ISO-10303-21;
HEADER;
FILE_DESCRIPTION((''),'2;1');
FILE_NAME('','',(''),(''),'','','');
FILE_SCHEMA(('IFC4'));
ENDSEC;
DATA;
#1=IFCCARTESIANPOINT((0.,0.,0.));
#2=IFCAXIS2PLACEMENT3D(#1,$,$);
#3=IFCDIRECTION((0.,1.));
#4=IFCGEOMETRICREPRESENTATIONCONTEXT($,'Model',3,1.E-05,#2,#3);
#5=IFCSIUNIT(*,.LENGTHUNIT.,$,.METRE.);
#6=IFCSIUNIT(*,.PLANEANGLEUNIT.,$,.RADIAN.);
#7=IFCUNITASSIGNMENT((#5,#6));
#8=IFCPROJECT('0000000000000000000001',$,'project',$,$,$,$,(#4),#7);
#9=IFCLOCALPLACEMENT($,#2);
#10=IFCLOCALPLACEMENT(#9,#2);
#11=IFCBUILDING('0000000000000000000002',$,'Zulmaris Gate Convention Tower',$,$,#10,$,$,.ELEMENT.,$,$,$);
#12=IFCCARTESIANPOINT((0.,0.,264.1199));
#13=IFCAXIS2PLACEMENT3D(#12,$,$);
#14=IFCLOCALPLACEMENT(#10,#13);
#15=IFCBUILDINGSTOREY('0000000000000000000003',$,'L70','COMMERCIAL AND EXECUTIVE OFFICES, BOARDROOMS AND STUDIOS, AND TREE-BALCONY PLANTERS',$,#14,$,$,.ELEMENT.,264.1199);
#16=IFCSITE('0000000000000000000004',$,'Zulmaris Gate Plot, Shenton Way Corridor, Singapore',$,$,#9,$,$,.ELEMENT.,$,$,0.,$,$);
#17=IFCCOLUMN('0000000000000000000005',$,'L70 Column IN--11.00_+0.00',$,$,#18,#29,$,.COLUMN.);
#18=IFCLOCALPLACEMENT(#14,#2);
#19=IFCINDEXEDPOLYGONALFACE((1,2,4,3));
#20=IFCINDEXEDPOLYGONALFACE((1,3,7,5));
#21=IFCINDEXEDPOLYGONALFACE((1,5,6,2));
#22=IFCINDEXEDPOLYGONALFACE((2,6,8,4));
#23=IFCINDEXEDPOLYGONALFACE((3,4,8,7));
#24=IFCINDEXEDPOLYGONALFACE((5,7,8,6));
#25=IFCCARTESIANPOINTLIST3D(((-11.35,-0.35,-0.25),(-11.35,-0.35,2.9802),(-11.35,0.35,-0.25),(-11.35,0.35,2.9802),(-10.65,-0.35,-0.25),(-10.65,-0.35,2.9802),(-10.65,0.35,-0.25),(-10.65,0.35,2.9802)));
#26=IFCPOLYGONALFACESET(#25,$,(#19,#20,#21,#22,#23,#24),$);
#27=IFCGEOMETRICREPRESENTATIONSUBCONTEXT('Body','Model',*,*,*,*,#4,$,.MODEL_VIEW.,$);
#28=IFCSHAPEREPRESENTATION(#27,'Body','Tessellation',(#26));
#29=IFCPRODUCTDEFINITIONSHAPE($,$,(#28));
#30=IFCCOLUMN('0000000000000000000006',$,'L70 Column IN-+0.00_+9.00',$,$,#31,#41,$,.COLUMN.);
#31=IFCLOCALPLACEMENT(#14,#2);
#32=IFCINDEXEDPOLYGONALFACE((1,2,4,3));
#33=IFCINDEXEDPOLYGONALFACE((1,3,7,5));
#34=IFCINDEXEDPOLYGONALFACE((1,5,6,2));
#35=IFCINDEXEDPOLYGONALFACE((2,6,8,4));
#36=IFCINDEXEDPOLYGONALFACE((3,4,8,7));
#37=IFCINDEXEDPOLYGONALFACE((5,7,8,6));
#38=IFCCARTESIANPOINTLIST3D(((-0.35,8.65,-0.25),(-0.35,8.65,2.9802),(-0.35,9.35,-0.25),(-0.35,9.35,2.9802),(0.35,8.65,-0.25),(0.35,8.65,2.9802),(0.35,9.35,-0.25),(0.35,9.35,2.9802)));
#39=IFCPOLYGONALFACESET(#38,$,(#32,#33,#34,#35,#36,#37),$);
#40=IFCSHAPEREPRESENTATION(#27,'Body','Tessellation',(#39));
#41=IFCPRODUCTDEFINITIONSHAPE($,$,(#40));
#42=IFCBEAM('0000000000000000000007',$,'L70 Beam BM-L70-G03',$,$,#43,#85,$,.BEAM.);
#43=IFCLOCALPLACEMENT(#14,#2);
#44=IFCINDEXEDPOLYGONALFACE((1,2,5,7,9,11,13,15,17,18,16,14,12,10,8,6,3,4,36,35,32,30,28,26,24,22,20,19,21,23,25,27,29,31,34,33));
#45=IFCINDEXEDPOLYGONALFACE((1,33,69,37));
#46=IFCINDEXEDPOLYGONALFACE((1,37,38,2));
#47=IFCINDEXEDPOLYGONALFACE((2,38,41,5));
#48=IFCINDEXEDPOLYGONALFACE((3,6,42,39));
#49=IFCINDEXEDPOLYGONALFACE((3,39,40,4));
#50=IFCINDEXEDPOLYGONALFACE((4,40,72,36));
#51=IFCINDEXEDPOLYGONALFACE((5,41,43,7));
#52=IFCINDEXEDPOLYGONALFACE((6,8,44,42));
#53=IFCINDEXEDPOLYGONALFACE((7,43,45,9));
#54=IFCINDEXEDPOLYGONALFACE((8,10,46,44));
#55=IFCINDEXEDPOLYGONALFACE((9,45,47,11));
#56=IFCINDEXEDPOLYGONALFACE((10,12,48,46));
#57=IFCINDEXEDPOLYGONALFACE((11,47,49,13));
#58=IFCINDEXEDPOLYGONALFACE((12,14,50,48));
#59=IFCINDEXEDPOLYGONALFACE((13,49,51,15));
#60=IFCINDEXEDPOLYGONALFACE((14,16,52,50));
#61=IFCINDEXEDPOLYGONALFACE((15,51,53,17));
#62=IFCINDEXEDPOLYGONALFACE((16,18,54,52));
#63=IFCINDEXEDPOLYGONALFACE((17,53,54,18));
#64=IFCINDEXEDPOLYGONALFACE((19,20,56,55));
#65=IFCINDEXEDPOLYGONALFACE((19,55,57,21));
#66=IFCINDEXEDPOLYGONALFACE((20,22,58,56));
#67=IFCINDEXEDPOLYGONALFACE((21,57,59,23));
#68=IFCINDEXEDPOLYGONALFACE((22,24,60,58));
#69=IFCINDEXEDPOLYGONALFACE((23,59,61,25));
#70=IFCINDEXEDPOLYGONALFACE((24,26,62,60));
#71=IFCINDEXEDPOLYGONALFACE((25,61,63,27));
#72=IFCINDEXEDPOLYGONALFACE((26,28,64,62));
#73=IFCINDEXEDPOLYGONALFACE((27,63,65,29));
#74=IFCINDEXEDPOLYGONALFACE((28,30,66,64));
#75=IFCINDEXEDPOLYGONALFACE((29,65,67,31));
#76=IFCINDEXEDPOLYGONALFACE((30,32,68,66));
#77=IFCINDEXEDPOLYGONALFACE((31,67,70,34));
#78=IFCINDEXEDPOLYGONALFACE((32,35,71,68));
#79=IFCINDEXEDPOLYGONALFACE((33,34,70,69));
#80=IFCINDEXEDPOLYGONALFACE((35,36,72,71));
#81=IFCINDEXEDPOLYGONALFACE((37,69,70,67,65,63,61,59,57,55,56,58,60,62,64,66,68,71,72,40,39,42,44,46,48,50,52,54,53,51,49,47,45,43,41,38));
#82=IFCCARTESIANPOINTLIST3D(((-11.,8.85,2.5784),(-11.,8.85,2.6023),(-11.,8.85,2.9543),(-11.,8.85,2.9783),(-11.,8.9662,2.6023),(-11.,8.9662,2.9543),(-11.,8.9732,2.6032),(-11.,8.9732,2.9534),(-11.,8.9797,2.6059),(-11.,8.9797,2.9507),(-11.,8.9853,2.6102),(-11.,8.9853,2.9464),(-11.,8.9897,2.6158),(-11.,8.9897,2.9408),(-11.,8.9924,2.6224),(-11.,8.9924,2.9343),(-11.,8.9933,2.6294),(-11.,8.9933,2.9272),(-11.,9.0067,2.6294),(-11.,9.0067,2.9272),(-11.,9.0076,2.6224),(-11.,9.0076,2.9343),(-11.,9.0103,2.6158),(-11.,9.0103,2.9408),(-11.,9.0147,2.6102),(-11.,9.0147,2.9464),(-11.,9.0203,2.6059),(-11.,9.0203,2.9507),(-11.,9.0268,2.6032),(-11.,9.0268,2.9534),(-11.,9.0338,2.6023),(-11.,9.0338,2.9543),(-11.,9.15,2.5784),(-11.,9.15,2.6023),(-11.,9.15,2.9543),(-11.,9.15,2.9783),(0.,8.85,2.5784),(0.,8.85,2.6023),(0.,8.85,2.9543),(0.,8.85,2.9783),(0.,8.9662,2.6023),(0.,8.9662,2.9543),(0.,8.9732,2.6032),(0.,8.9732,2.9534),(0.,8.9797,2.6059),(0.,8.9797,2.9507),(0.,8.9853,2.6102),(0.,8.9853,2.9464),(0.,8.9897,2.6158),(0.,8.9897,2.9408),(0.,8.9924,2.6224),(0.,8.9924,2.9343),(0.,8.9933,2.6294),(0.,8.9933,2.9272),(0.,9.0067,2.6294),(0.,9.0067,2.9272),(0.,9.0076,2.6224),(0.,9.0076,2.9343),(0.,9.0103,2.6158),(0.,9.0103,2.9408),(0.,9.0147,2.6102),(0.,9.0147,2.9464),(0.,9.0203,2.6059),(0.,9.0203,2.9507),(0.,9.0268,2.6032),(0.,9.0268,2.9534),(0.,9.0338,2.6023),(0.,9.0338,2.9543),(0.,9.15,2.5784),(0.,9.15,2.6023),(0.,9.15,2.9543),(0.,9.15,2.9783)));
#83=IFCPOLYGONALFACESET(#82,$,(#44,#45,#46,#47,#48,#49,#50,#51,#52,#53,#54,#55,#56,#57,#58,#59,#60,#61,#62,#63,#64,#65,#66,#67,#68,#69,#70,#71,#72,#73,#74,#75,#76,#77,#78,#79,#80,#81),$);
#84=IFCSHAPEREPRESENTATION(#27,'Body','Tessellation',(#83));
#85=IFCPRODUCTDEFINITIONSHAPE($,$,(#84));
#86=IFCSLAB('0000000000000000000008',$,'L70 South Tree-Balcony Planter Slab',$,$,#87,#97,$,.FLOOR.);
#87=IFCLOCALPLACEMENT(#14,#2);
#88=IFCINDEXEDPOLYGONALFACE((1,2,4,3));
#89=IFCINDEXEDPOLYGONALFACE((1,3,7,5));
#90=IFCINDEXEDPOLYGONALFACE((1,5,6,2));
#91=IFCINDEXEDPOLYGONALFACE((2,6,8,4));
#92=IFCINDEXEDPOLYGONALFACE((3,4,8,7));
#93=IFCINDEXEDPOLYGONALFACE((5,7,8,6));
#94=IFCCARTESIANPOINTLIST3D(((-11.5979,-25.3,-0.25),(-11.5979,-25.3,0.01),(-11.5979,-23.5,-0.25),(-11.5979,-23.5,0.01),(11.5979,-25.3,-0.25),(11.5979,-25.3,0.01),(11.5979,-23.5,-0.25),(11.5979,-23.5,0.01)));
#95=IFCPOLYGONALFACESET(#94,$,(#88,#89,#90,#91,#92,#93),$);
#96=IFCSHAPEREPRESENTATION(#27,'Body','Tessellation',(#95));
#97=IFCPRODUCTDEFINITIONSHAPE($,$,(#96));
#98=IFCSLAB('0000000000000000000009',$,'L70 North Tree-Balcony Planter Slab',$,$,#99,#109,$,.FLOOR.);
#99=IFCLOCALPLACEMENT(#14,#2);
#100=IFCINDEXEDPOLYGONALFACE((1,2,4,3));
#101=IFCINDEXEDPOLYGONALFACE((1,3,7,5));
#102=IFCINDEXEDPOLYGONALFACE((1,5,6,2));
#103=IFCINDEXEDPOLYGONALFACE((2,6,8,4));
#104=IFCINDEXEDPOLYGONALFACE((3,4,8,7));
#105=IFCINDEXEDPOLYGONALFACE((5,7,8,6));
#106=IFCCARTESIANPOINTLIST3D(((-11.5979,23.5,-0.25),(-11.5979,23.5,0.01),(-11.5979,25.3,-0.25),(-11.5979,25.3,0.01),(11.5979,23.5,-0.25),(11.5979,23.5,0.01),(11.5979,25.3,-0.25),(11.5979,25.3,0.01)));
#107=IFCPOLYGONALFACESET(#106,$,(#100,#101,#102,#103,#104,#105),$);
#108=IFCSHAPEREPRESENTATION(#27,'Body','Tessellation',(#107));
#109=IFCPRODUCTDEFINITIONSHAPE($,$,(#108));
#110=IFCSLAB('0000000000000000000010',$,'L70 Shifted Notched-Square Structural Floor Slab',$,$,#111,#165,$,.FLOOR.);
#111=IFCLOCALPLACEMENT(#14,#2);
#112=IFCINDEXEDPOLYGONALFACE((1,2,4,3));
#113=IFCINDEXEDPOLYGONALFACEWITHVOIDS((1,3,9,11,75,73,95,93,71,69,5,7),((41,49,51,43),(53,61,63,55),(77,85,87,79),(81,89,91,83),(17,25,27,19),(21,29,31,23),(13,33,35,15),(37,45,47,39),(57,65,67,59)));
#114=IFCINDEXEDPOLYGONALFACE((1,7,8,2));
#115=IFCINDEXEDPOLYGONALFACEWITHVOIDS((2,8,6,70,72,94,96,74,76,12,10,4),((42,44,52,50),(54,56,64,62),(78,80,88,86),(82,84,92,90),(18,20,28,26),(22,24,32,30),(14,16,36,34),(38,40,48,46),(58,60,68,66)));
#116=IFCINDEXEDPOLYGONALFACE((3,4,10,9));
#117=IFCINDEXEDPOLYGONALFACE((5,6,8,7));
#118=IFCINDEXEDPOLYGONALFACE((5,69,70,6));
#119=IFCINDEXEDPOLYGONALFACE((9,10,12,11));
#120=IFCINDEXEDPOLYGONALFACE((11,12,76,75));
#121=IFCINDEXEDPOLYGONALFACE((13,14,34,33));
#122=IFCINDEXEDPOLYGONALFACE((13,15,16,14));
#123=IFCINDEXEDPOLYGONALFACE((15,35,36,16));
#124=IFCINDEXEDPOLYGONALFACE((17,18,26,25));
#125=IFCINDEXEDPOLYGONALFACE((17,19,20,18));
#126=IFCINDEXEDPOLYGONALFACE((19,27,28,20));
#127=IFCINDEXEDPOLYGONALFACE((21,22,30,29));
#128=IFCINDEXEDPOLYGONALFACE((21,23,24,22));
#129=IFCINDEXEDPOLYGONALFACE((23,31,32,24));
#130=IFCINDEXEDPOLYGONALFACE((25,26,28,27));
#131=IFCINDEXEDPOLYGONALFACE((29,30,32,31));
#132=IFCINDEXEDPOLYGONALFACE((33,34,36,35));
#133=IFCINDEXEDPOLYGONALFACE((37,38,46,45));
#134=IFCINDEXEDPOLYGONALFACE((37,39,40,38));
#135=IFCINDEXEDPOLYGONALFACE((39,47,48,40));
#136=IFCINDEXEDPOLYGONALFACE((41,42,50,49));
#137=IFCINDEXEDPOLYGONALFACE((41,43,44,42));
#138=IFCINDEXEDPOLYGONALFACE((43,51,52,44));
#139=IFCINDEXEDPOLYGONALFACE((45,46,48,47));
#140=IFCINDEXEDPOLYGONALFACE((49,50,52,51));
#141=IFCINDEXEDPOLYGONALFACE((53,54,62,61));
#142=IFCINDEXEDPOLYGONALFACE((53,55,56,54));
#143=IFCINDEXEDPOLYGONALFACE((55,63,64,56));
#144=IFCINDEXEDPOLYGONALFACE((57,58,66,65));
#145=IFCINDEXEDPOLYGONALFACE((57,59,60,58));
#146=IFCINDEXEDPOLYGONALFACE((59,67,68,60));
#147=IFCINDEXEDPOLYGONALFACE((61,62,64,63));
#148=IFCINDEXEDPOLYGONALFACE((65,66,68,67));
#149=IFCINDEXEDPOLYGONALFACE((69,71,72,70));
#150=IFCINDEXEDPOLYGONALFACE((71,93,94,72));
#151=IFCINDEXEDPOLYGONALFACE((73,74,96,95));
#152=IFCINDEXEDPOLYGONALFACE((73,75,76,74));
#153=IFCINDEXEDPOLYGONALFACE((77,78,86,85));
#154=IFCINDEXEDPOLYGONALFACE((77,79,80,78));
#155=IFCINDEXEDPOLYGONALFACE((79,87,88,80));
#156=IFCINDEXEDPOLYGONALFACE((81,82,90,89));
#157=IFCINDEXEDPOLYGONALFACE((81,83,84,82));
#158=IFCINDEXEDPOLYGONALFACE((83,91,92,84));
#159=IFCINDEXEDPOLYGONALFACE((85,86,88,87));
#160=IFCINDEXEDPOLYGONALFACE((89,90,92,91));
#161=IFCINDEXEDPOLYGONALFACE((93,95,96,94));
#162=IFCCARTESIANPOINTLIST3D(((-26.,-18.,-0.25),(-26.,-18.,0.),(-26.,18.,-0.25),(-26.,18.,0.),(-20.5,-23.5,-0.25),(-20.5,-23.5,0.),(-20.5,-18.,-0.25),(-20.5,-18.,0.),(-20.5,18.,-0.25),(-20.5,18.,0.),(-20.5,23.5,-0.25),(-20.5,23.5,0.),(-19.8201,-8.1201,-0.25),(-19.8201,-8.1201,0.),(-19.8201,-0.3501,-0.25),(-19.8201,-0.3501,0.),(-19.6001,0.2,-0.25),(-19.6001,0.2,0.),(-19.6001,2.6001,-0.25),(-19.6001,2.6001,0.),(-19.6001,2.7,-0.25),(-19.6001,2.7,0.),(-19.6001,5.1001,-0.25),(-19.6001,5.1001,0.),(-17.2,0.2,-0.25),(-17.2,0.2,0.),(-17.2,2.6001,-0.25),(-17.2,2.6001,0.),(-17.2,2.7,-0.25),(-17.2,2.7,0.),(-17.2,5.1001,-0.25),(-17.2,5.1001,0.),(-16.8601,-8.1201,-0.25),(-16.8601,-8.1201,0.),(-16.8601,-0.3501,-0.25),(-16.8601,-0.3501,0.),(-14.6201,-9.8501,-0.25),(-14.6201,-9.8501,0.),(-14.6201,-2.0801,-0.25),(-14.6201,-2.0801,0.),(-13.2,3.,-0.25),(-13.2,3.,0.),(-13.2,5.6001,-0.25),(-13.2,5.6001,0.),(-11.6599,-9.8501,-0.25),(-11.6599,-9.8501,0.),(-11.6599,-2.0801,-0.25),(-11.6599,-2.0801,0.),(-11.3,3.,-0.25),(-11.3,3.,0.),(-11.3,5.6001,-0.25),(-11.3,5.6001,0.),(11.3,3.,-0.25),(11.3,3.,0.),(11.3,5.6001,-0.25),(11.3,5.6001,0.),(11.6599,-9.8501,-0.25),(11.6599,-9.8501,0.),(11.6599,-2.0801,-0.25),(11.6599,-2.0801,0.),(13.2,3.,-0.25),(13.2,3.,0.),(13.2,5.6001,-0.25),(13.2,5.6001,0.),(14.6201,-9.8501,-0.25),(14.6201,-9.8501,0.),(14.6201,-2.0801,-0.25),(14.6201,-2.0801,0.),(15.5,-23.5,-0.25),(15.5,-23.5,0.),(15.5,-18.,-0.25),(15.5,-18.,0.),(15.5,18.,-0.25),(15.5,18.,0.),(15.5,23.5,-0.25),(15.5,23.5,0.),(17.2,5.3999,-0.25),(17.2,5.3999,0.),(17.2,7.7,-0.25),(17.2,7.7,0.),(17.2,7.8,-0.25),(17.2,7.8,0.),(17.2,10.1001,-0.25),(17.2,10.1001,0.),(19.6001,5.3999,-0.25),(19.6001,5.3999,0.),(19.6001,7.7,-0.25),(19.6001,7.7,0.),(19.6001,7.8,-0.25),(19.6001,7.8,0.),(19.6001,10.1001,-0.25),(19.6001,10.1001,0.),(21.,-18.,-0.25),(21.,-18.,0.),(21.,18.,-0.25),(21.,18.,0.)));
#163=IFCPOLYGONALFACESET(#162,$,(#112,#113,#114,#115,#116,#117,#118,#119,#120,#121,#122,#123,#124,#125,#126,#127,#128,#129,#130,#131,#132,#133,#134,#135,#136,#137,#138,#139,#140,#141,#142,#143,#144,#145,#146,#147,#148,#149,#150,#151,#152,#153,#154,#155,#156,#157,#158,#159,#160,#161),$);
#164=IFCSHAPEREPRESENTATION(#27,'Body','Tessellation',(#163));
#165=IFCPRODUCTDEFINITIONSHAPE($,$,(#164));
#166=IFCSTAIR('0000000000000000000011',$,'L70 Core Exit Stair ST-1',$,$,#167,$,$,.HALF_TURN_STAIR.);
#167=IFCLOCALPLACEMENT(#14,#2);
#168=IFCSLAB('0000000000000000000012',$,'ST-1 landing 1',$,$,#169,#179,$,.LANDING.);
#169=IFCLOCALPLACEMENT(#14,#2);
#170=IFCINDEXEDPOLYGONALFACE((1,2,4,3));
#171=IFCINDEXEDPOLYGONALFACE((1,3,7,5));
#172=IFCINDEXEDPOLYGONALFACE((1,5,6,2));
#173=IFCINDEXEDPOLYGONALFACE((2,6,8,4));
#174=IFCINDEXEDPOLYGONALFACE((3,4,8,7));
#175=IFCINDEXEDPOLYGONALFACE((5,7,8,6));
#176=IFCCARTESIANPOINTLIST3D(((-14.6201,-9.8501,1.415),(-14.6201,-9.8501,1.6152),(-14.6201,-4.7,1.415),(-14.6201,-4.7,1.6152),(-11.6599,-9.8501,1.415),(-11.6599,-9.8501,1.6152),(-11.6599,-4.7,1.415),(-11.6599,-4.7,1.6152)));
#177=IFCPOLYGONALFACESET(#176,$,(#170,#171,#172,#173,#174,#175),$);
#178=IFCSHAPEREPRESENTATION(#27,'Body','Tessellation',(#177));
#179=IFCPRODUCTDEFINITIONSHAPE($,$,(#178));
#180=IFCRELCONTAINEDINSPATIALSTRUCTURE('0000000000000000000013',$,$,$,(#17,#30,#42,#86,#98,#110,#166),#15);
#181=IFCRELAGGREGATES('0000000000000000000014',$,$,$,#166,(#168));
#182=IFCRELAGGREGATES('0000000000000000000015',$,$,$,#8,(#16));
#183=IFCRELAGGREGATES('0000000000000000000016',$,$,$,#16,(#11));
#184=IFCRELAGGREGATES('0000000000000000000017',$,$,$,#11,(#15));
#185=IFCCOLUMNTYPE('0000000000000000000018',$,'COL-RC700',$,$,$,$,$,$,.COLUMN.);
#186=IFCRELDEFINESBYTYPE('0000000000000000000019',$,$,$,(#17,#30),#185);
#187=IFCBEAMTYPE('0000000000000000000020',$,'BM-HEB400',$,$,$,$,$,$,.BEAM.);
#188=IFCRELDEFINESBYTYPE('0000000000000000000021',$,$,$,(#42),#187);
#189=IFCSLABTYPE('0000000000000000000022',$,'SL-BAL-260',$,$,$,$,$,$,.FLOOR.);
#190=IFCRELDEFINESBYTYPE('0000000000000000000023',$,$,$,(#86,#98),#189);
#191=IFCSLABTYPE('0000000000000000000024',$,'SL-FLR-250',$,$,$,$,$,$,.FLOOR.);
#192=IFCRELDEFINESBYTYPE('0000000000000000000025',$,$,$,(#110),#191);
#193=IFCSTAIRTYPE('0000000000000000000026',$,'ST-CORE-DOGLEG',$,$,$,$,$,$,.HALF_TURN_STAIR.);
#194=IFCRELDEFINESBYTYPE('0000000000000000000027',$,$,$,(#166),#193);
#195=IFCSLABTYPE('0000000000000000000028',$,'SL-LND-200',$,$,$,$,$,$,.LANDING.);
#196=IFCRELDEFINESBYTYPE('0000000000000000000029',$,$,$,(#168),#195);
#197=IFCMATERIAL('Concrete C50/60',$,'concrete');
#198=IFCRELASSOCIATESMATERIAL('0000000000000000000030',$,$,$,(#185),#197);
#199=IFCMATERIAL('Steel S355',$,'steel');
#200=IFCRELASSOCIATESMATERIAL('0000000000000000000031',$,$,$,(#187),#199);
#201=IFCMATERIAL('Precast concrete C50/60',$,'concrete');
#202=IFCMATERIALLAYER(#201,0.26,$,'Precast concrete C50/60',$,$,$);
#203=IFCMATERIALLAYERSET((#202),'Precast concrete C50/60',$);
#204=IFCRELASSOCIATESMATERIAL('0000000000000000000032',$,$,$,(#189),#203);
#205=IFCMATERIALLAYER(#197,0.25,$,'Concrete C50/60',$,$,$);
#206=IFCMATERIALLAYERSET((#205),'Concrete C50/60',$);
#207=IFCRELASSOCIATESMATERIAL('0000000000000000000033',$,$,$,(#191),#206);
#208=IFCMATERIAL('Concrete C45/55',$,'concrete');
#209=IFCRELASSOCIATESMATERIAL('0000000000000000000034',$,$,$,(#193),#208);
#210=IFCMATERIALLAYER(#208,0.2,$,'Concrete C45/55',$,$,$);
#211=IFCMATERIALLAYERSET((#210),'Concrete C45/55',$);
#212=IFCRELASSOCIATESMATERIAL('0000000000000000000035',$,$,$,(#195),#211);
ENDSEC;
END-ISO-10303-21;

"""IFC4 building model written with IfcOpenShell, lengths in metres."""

from ifc_helpers import new_model, si_unit, direction, frame, origin, origin_2d, place, context, subcontext, project, spatial, polyline, rectangle, i_section, outline, extrude, material, layer, layer_set, material_profile, profile_set, type_object, element, aggregate, save


model = new_model("IFC4")

# Units and contexts
model_context = context("Model", 3, precision=1e-05, world=origin(), true_north=direction((0.0, 1.0)))
body_context = subcontext(model_context, "Body", "Model", "MODEL_VIEW")
ifc_project = project(units=[si_unit("LENGTHUNIT", "METRE"), si_unit("PLANEANGLEUNIT", "RADIAN")], contexts=[model_context])

# Site, building, storey
site_placement = place(None, origin())
site = spatial("IfcSite", under=ifc_project, at=site_placement, Name="Zulmaris Gate Plot, Shenton Way Corridor, Singapore", CompositionType="ELEMENT", RefElevation=0.0)
building_placement = place(site_placement, origin())
building = spatial("IfcBuilding", under=site, at=building_placement, Name="Zulmaris Gate Convention Tower", CompositionType="ELEMENT")
storey_placement = place(building_placement, frame((0.0, 0.0, 264.1199)))
storey = spatial("IfcBuildingStorey", under=building, at=storey_placement, Name="L70", Description="COMMERCIAL AND EXECUTIVE OFFICES, BOARDROOMS AND STUDIOS, AND TREE-BALCONY PLANTERS", CompositionType="ELEMENT", Elevation=264.1199)

# Columns
ifc_material_1 = material(Name="Concrete C50/60", Category="concrete")
ifc_material_profile_1 = material_profile(ifc_material_1, rectangle(XDim=0.7, YDim=0.7, at=origin_2d()), Name="RC COL 700x700")
ifc_profile_set_1 = profile_set([ifc_material_profile_1], Name="Concrete C50/60")
column_type = type_object("IfcColumnType", Name="COL-RC700", PredefinedType="COLUMN", material=ifc_profile_set_1)
for number, where, z_axis, x_axis, name in (
    (1, (-11.0, 0.0, -0.25), (0.0, 0.0, 1.0), (1.0, 0.0, 0.0), "L70 Column IN--11.00_+0.00"),
    (2, (0.0, 9.0, -0.25), (0.0, 0.0, 1.0), (1.0, 0.0, 0.0), "L70 Column IN-+0.00_+9.00"),
):
    element("IfcColumn", number, at=place(storey_placement, frame(where, z_axis=z_axis, x_axis=x_axis)), inside=storey, type_object=column_type, Name=name, PredefinedType="COLUMN", context=body_context, shape_type="SweptSolid", body=[
        extrude(rectangle(XDim=0.7, YDim=0.7, at=origin_2d()), origin(), (0.0, 0.0, 1.0), 3.2302),
    ])

# Beam
ifc_material_2 = material(Name="Steel S355", Category="steel")
ifc_material_profile_2 = material_profile(ifc_material_2, i_section(OverallWidth=0.3, OverallDepth=0.3999, WebThickness=0.0134, FlangeThickness=0.0239, FilletRadius=0.0271, at=origin_2d()), Name="HEB 400")
ifc_profile_set_2 = profile_set([ifc_material_profile_2], Name="Steel S355")
beam_type = type_object("IfcBeamType", Name="BM-HEB400", PredefinedType="BEAM", material=ifc_profile_set_2)
beam_placement = place(storey_placement, frame((-11.0, 9.0, 2.7783), z_axis=(1.0, 0.0, 0.0), x_axis=(0.0, 1.0, 0.0)))
element("IfcBeam", 3, at=beam_placement, inside=storey, type_object=beam_type, Name="L70 Beam BM-L70-G03", PredefinedType="BEAM", context=body_context, shape_type="SweptSolid", body=[
    extrude(i_section(OverallWidth=0.3, OverallDepth=0.3999, WebThickness=0.0134, FlangeThickness=0.0239, FilletRadius=0.0271, at=origin_2d()), origin(), (0.0, 0.0, 1.0), 11.0),
])

# Slabs
ifc_material_3 = material(Name="Precast concrete C50/60", Category="concrete")
ifc_layer_1 = layer(ifc_material_3, 0.26, Name="Precast concrete C50/60")
ifc_layer_set_1 = layer_set([ifc_layer_1], Name="Precast concrete C50/60")
slab_type_1 = type_object("IfcSlabType", Name="SL-BAL-260", PredefinedType="FLOOR", material=ifc_layer_set_1)
slab_1_placement = place(storey_placement, frame((0.0, 0.0, -0.25)))
element("IfcSlab", 4, at=slab_1_placement, inside=storey, type_object=slab_type_1, Name="L70 South Tree-Balcony Planter Slab", PredefinedType="FLOOR", context=body_context, shape_type="SweptSolid", body=[
    extrude(outline(polyline([(-11.5979, -25.3), (-11.5979, -23.5), (11.5979, -23.5), (11.5979, -25.3), (-11.5979, -25.3)])), origin(), (0.0, 0.0, 1.0), 0.26),
])
slab_2_placement = place(storey_placement, frame((0.0, 0.0, -0.25)))
element("IfcSlab", 5, at=slab_2_placement, inside=storey, type_object=slab_type_1, Name="L70 North Tree-Balcony Planter Slab", PredefinedType="FLOOR", context=body_context, shape_type="SweptSolid", body=[
    extrude(outline(polyline([(11.5979, 25.3), (11.5979, 23.5), (-11.5979, 23.5), (-11.5979, 25.3), (11.5979, 25.3)])), origin(), (0.0, 0.0, 1.0), 0.26),
])
ifc_layer_2 = layer(ifc_material_1, 0.25, Name="Concrete C50/60")
ifc_layer_set_2 = layer_set([ifc_layer_2], Name="Concrete C50/60")
slab_type_2 = type_object("IfcSlabType", Name="SL-FLR-250", PredefinedType="FLOOR", material=ifc_layer_set_2)
slab_3_placement = place(storey_placement, frame((0.0, 0.0, -0.25)))
element("IfcSlab", 6, at=slab_3_placement, inside=storey, type_object=slab_type_2, Name="L70 Shifted Notched-Square Structural Floor Slab", PredefinedType="FLOOR", context=body_context, shape_type="SweptSolid", body=[
    extrude(outline(polyline([(-20.5, -23.5), (15.5, -23.5), (15.5, -18.0), (21.0, -18.0), (21.0, 18.0), (15.5, 18.0), (15.5, 23.5), (-20.5, 23.5), (-20.5, 18.0), (-26.0, 18.0), (-26.0, -18.0), (-20.5, -18.0), (-20.5, -23.5)]), holes=[polyline([(-14.6201, -2.0801), (-14.6201, -9.8501), (-11.6599, -9.8501), (-11.6599, -2.0801), (-14.6201, -2.0801)]), polyline([(11.6599, -2.0801), (11.6599, -9.8501), (14.6201, -9.8501), (14.6201, -2.0801), (11.6599, -2.0801)]), polyline([(-16.8601, -8.1201), (-16.8601, -0.3501), (-19.8201, -0.3501), (-19.8201, -8.1201), (-16.8601, -8.1201)]), polyline([(-13.2, 3.0), (-11.3, 3.0), (-11.3, 5.6001), (-13.2, 5.6001), (-13.2, 3.0)]), polyline([(11.3, 3.0), (13.2, 3.0), (13.2, 5.6001), (11.3, 5.6001), (11.3, 3.0)]), polyline([(17.2, 5.3999), (19.6001, 5.3999), (19.6001, 7.7), (17.2, 7.7), (17.2, 5.3999)]), polyline([(17.2, 7.8), (19.6001, 7.8), (19.6001, 10.1001), (17.2, 10.1001), (17.2, 7.8)]), polyline([(-19.6001, 0.2), (-17.2, 0.2), (-17.2, 2.6001), (-19.6001, 2.6001), (-19.6001, 0.2)]), polyline([(-19.6001, 2.7), (-17.2, 2.7), (-17.2, 5.1001), (-19.6001, 5.1001), (-19.6001, 2.7)])]), origin(), (0.0, 0.0, 1.0), 0.25),
])

# Stair, slab
ifc_material_4 = material(Name="Concrete C45/55", Category="concrete")
stair_type = type_object("IfcStairType", Name="ST-CORE-DOGLEG", PredefinedType="HALF_TURN_STAIR", material=ifc_material_4)
stair_1_placement = place(storey_placement, origin())
stair_1 = element("IfcStair", 7, at=stair_1_placement, inside=storey, type_object=stair_type, Name="L70 Core Exit Stair ST-1", PredefinedType="HALF_TURN_STAIR")
ifc_layer_3 = layer(ifc_material_4, 0.2, Name="Concrete C45/55")
ifc_layer_set_3 = layer_set([ifc_layer_3], Name="Concrete C45/55")
slab_type_3 = type_object("IfcSlabType", Name="SL-LND-200", PredefinedType="LANDING", material=ifc_layer_set_3)
slab_4_placement = place(storey_placement, frame((0.0, 0.0, 1.415)))
slab_4 = element("IfcSlab", 8, at=slab_4_placement, type_object=slab_type_3, Name="ST-1 landing 1", PredefinedType="LANDING", context=body_context, shape_type="SweptSolid", body=[
    extrude(outline(polyline([(-14.6201, -4.7), (-14.6201, -9.8501), (-11.6599, -9.8501), (-11.6599, -4.7), (-14.6201, -4.7)])), origin(), (0.0, 0.0, 1.0), 0.2002),
])
aggregate(stair_1, [slab_4])

save(model, "model.ifc")
